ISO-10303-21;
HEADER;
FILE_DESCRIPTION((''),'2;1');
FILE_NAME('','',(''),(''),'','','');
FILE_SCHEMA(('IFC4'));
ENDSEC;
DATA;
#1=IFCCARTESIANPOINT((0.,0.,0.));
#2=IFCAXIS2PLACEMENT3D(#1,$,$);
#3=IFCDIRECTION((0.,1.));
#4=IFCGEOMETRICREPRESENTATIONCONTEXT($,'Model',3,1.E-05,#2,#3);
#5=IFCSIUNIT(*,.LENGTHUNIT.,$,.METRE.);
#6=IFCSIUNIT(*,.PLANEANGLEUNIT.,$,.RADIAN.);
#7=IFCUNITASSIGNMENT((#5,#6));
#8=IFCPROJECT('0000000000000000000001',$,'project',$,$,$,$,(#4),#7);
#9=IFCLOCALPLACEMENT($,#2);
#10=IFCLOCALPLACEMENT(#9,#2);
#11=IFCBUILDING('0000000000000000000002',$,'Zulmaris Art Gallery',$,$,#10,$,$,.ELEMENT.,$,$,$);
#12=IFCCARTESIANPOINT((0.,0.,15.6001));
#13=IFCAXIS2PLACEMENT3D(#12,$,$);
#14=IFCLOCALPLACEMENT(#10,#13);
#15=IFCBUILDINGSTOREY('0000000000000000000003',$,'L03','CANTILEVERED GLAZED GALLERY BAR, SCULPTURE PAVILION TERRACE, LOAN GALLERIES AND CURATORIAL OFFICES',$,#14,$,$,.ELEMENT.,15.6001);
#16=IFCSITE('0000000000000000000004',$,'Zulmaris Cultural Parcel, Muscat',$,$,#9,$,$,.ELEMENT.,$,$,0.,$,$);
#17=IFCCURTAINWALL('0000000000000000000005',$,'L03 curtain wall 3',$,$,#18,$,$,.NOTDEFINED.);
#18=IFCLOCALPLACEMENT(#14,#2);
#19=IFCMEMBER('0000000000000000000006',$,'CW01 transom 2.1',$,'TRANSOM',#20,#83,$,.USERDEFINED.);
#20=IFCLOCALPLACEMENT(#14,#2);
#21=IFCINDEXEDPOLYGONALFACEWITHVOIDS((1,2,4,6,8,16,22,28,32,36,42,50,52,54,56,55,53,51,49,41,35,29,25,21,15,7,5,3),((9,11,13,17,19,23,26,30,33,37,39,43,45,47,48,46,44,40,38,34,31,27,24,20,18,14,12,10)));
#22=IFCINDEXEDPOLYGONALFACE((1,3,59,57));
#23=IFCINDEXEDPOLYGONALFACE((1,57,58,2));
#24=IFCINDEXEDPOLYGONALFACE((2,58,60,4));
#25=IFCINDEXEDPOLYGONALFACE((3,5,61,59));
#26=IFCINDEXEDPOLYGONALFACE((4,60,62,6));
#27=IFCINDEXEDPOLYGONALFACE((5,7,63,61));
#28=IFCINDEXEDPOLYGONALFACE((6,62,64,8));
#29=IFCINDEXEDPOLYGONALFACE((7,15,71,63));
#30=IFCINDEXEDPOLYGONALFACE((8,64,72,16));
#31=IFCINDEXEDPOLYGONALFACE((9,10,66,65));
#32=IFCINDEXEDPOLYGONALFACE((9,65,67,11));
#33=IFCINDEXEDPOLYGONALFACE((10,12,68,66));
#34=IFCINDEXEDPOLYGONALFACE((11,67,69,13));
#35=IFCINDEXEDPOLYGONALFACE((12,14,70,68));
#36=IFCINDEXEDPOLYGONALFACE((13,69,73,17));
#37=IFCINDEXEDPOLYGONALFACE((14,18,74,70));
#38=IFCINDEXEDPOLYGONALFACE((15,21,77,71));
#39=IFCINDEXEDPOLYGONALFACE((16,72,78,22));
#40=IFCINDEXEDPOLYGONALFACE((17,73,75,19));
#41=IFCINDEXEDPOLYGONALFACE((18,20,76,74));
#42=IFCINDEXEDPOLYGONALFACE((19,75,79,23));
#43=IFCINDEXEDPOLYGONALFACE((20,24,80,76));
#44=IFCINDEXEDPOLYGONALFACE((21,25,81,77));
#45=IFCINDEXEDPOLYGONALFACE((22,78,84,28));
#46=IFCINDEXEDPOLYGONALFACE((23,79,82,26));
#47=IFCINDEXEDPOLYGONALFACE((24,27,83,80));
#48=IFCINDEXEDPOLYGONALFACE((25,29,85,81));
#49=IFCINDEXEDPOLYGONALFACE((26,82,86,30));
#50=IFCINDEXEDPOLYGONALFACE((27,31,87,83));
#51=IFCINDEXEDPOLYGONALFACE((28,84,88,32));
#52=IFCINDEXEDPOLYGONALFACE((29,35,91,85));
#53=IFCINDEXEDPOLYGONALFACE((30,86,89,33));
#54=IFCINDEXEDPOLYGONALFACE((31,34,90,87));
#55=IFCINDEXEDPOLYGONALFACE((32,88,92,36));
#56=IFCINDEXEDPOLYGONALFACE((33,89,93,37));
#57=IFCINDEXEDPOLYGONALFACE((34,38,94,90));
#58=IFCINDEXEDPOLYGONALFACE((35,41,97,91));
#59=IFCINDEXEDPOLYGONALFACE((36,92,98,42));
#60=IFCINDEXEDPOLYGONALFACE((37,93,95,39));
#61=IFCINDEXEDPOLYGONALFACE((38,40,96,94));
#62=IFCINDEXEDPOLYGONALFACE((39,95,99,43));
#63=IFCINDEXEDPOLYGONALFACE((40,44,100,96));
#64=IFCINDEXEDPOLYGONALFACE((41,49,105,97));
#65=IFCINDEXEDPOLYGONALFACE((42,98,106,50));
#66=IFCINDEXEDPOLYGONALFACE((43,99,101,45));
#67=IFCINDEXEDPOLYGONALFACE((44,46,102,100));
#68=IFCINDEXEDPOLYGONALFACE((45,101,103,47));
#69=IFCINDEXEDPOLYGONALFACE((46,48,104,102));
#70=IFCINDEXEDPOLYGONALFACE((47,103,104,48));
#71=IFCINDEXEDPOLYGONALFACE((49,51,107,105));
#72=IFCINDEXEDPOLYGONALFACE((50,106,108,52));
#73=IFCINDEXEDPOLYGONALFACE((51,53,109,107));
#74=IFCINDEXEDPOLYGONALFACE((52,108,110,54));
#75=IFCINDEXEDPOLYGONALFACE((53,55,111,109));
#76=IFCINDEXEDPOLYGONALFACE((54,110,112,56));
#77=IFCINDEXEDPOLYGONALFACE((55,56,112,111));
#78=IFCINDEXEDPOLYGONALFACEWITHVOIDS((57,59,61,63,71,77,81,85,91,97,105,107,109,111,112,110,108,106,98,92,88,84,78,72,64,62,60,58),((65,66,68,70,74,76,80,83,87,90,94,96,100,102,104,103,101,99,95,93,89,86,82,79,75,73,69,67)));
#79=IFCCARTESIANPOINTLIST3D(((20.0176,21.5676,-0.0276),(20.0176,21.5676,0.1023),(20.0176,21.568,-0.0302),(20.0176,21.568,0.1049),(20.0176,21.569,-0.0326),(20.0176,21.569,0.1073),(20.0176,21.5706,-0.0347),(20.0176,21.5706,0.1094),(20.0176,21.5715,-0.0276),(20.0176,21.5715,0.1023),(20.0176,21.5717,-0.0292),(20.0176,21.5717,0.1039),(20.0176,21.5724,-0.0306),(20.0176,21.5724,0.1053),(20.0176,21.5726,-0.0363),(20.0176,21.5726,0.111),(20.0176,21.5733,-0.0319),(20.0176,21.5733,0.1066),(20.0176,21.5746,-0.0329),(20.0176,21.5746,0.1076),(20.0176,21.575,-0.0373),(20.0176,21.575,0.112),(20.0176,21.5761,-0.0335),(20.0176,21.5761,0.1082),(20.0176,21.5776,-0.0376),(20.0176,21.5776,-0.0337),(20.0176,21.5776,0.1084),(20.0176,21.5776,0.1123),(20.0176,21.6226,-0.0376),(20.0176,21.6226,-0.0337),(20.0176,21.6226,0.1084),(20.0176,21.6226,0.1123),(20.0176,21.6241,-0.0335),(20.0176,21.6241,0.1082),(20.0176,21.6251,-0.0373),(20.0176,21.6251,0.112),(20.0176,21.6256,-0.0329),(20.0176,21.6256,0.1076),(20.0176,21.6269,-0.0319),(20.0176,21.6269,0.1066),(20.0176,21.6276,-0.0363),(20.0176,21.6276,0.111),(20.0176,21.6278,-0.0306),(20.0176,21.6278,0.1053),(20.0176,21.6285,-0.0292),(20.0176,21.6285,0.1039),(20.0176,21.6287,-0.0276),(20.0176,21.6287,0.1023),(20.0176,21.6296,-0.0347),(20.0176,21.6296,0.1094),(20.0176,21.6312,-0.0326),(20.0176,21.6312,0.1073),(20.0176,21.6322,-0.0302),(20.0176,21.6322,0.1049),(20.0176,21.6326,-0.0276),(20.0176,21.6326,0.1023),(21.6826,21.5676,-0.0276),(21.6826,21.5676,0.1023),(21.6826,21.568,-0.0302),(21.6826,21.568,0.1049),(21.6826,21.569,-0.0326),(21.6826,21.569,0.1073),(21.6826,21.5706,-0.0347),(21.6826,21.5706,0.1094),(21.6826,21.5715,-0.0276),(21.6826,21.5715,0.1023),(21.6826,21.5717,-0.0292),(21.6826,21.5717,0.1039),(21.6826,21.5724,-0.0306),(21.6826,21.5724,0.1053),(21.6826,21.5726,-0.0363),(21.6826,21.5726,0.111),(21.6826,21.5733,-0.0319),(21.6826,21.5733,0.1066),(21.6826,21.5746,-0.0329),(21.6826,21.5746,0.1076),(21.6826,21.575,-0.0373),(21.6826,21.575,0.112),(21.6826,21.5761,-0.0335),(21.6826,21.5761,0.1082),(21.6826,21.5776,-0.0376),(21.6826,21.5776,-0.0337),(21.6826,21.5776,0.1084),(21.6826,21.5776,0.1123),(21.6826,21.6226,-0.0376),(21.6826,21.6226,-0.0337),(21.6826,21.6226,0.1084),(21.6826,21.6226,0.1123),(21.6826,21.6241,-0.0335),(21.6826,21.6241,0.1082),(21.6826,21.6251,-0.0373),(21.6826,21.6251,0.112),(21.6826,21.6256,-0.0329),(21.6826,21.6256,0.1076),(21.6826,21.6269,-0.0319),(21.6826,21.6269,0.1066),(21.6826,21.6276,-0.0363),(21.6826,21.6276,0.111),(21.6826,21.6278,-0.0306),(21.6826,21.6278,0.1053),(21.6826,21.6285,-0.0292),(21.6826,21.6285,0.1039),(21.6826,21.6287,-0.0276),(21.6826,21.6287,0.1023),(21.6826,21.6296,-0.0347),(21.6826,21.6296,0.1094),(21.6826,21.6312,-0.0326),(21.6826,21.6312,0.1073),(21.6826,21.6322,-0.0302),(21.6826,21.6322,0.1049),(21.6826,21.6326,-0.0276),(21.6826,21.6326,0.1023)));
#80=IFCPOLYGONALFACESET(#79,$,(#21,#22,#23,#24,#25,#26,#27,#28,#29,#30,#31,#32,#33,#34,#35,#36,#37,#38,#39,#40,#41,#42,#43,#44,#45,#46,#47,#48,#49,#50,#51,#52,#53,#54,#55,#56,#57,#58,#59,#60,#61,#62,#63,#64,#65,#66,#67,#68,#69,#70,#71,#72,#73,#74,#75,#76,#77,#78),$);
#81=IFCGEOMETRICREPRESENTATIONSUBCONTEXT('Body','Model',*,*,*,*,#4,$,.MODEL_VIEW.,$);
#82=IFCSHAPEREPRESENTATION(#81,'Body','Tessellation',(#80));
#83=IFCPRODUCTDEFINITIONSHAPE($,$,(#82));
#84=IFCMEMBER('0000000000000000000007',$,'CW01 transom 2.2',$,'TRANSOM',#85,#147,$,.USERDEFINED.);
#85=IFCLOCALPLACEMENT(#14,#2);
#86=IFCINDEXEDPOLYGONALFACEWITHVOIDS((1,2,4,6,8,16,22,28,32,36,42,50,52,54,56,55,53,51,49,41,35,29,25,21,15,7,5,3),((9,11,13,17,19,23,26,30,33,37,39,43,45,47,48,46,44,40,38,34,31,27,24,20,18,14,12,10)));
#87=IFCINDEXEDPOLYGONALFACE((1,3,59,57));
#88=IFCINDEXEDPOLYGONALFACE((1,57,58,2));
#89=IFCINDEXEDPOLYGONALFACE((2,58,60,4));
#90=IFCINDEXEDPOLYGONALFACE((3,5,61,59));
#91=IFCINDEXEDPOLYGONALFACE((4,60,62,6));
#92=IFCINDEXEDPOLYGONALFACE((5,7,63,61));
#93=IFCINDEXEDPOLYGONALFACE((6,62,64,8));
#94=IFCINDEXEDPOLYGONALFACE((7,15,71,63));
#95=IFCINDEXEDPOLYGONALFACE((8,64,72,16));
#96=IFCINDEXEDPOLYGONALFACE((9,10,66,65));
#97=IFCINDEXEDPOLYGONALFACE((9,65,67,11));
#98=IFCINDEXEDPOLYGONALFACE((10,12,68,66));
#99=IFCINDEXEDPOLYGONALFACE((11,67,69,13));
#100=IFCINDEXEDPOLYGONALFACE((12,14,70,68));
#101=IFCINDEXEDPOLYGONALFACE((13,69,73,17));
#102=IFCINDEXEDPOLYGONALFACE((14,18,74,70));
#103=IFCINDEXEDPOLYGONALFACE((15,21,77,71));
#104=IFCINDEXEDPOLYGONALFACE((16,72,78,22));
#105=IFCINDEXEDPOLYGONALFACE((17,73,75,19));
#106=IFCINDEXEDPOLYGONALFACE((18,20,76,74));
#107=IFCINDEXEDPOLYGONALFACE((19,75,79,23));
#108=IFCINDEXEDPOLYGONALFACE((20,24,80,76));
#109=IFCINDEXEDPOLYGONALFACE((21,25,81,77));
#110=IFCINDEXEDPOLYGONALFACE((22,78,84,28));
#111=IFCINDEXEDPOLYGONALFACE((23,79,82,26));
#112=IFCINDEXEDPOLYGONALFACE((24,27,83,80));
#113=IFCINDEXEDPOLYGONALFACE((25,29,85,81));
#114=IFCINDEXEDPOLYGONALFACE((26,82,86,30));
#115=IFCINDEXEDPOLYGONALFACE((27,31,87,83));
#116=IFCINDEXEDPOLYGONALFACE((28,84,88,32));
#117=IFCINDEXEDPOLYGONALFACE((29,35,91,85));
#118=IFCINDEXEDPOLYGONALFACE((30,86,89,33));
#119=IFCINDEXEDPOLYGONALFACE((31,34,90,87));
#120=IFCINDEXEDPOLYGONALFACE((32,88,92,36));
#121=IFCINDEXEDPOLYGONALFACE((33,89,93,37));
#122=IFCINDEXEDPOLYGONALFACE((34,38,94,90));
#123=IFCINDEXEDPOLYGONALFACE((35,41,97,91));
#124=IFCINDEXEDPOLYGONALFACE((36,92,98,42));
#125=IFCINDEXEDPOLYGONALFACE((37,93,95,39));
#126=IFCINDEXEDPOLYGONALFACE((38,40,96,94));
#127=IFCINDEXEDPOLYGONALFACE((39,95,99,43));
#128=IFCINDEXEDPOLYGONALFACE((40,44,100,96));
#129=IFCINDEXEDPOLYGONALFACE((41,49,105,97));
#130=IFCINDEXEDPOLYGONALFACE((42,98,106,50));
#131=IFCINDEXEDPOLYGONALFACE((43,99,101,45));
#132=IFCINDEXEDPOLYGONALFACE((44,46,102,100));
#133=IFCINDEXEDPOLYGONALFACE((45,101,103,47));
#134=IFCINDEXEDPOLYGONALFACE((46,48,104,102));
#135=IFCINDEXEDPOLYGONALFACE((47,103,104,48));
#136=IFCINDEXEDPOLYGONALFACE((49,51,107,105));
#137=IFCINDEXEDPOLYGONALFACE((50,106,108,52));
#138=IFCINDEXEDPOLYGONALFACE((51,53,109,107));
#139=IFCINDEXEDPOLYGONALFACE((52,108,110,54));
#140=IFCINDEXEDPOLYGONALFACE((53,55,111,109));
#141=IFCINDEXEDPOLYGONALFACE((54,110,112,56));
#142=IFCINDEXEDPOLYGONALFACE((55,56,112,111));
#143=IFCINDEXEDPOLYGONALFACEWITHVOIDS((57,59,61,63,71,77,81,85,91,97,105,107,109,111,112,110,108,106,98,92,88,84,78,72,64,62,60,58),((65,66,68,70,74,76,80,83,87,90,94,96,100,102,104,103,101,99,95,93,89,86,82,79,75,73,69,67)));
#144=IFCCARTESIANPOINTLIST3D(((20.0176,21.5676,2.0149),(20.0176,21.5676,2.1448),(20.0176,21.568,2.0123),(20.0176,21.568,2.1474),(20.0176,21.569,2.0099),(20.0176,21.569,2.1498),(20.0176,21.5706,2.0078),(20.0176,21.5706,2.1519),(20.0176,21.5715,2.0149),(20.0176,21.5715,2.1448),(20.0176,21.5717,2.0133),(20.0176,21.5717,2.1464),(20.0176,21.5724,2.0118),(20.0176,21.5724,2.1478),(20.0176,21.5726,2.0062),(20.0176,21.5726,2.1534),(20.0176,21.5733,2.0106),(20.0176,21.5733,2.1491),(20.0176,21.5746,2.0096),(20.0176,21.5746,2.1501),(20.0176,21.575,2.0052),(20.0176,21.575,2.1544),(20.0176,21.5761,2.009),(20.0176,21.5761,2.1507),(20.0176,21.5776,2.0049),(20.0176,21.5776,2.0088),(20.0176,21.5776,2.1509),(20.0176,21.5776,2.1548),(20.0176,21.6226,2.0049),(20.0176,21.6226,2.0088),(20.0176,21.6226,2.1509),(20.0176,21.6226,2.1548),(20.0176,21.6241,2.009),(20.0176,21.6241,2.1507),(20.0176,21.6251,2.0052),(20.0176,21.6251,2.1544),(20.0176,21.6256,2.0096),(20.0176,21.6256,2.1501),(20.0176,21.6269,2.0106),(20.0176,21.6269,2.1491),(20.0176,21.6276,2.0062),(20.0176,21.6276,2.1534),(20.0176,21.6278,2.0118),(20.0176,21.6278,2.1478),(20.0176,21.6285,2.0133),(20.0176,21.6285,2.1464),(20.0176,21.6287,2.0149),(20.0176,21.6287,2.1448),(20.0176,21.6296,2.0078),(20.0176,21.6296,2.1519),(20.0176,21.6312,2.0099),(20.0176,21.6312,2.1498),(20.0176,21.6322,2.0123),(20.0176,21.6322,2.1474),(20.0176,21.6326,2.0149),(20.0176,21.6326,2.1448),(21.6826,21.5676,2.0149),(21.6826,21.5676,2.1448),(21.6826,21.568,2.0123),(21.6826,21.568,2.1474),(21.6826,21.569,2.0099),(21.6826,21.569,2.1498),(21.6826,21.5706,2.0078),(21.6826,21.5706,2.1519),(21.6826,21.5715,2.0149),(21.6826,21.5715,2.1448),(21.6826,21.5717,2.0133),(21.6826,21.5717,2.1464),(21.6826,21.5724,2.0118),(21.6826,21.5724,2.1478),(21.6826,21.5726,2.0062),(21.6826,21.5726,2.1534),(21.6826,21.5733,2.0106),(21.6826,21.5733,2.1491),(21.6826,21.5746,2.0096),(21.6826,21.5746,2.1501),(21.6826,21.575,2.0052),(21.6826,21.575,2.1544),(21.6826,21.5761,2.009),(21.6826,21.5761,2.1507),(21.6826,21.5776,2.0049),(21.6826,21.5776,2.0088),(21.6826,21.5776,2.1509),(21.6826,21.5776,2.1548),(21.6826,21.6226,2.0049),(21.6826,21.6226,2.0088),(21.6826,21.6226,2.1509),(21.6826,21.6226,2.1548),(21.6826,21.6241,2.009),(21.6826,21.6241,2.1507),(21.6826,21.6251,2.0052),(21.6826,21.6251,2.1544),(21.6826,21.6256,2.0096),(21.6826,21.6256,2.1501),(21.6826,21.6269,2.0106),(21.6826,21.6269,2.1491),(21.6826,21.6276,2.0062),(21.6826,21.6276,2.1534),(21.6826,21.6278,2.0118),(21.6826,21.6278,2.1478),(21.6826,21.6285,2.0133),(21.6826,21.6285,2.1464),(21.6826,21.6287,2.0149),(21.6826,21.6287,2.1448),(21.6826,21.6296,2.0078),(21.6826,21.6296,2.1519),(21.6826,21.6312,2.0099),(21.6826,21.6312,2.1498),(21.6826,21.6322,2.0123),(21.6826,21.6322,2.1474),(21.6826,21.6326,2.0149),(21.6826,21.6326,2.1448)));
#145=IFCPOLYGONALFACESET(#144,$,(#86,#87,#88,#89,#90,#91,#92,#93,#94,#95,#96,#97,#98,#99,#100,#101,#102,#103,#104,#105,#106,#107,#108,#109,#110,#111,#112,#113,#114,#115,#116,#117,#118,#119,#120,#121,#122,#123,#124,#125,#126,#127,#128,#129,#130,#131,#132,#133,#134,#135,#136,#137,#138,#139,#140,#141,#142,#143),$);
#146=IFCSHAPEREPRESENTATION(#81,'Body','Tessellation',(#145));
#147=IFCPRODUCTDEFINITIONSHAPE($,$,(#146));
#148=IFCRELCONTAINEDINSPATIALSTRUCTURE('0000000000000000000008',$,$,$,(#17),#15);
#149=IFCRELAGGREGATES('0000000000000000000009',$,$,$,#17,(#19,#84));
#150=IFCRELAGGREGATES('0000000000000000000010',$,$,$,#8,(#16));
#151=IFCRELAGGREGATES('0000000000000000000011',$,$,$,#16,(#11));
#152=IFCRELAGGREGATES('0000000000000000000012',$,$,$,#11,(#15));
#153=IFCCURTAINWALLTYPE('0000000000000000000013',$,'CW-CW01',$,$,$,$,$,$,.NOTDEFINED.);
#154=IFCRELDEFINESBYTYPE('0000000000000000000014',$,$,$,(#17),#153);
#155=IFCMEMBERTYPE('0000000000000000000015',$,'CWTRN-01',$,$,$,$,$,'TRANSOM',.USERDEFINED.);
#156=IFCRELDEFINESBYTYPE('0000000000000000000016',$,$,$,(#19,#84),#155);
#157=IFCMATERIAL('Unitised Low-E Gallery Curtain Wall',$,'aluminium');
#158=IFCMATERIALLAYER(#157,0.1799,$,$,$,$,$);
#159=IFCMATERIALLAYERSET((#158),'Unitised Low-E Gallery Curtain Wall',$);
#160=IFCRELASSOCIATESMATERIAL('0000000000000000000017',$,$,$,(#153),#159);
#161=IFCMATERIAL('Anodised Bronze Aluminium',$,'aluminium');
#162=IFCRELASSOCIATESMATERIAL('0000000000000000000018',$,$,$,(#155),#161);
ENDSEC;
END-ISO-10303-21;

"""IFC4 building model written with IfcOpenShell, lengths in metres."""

from ifc_helpers import new_model, si_unit, direction, frame, origin, origin_2d, place, context, subcontext, project, spatial, hollow_rectangle, extrude, material, layer, layer_set, material_profile, profile_set, type_object, element, aggregate, save


model = new_model("IFC4")

# Units and contexts
model_context = context("Model", 3, precision=1e-05, world=origin(), true_north=direction((0.0, 1.0)))
body_context = subcontext(model_context, "Body", "Model", "MODEL_VIEW")
ifc_project = project(units=[si_unit("LENGTHUNIT", "METRE"), si_unit("PLANEANGLEUNIT", "RADIAN")], contexts=[model_context])

# Site, building, storey
site_placement = place(None, origin())
site = spatial("IfcSite", under=ifc_project, at=site_placement, Name="Zulmaris Cultural Parcel, Muscat", CompositionType="ELEMENT", RefElevation=0.0)
building_placement = place(site_placement, origin())
building = spatial("IfcBuilding", under=site, at=building_placement, Name="Zulmaris Art Gallery", CompositionType="ELEMENT")
storey_placement = place(building_placement, frame((0.0, 0.0, 15.6001)))
storey = spatial("IfcBuildingStorey", under=building, at=storey_placement, Name="L03", Description="CANTILEVERED GLAZED GALLERY BAR, SCULPTURE PAVILION TERRACE, LOAN GALLERIES AND CURATORIAL OFFICES", CompositionType="ELEMENT", Elevation=15.6001)

# Curtain wall
ifc_material_1 = material(Name="Unitised Low-E Gallery Curtain Wall", Category="aluminium")
ifc_layer_1 = layer(ifc_material_1, 0.1799)
ifc_layer_set_1 = layer_set([ifc_layer_1], Name="Unitised Low-E Gallery Curtain Wall")
curtain_wall_type = type_object("IfcCurtainWallType", Name="CW-CW01", PredefinedType="NOTDEFINED", material=ifc_layer_set_1)
curtain_wall_1_placement = place(storey_placement, origin())
curtain_wall_1 = element("IfcCurtainWall", 1, at=curtain_wall_1_placement, inside=storey, type_object=curtain_wall_type, Name="L03 curtain wall 3", PredefinedType="NOTDEFINED")
ifc_material_2 = material(Name="Anodised Bronze Aluminium", Category="aluminium")

# Members
ifc_material_profile_1 = material_profile(ifc_material_2, hollow_rectangle(XDim=0.0649, YDim=0.1499, WallThickness=0.0039, InnerFilletRadius=0.0061, OuterFilletRadius=0.01, at=origin_2d()), Name="ALU 65x150x4")
ifc_profile_set_1 = profile_set([ifc_material_profile_1], Name="Anodised Bronze Aluminium")
member_type_1 = type_object("IfcMemberType", Name="CWTRN-01", ElementType="TRANSOM", PredefinedType="USERDEFINED", material=ifc_profile_set_1)
member_1_placement = place(storey_placement, frame((20.0176, 21.6001, 0.0374), z_axis=(1.0, 0.0, 0.0), x_axis=(0.0, 1.0, 0.0)))
member_1 = element("IfcMember", 2, at=member_1_placement, type_object=member_type_1, Name="CW01 transom 2.1", ObjectType="TRANSOM", PredefinedType="USERDEFINED", context=body_context, shape_type="SweptSolid", body=[
    extrude(hollow_rectangle(XDim=0.0649, YDim=0.1499, WallThickness=0.0039, InnerFilletRadius=0.0061, OuterFilletRadius=0.01, at=origin_2d()), origin(), (0.0, 0.0, 1.0), 1.665),
])
member_2_placement = place(storey_placement, frame((20.0176, 21.6001, 2.0798), z_axis=(1.0, 0.0, 0.0), x_axis=(0.0, 1.0, 0.0)))
member_2 = element("IfcMember", 3, at=member_2_placement, type_object=member_type_1, Name="CW01 transom 2.2", ObjectType="TRANSOM", PredefinedType="USERDEFINED", context=body_context, shape_type="SweptSolid", body=[
    extrude(hollow_rectangle(XDim=0.0649, YDim=0.1499, WallThickness=0.0039, InnerFilletRadius=0.0061, OuterFilletRadius=0.01, at=origin_2d()), origin(), (0.0, 0.0, 1.0), 1.665),
])

aggregate(curtain_wall_1, [member_1, member_2])

save(model, "model.ifc")
